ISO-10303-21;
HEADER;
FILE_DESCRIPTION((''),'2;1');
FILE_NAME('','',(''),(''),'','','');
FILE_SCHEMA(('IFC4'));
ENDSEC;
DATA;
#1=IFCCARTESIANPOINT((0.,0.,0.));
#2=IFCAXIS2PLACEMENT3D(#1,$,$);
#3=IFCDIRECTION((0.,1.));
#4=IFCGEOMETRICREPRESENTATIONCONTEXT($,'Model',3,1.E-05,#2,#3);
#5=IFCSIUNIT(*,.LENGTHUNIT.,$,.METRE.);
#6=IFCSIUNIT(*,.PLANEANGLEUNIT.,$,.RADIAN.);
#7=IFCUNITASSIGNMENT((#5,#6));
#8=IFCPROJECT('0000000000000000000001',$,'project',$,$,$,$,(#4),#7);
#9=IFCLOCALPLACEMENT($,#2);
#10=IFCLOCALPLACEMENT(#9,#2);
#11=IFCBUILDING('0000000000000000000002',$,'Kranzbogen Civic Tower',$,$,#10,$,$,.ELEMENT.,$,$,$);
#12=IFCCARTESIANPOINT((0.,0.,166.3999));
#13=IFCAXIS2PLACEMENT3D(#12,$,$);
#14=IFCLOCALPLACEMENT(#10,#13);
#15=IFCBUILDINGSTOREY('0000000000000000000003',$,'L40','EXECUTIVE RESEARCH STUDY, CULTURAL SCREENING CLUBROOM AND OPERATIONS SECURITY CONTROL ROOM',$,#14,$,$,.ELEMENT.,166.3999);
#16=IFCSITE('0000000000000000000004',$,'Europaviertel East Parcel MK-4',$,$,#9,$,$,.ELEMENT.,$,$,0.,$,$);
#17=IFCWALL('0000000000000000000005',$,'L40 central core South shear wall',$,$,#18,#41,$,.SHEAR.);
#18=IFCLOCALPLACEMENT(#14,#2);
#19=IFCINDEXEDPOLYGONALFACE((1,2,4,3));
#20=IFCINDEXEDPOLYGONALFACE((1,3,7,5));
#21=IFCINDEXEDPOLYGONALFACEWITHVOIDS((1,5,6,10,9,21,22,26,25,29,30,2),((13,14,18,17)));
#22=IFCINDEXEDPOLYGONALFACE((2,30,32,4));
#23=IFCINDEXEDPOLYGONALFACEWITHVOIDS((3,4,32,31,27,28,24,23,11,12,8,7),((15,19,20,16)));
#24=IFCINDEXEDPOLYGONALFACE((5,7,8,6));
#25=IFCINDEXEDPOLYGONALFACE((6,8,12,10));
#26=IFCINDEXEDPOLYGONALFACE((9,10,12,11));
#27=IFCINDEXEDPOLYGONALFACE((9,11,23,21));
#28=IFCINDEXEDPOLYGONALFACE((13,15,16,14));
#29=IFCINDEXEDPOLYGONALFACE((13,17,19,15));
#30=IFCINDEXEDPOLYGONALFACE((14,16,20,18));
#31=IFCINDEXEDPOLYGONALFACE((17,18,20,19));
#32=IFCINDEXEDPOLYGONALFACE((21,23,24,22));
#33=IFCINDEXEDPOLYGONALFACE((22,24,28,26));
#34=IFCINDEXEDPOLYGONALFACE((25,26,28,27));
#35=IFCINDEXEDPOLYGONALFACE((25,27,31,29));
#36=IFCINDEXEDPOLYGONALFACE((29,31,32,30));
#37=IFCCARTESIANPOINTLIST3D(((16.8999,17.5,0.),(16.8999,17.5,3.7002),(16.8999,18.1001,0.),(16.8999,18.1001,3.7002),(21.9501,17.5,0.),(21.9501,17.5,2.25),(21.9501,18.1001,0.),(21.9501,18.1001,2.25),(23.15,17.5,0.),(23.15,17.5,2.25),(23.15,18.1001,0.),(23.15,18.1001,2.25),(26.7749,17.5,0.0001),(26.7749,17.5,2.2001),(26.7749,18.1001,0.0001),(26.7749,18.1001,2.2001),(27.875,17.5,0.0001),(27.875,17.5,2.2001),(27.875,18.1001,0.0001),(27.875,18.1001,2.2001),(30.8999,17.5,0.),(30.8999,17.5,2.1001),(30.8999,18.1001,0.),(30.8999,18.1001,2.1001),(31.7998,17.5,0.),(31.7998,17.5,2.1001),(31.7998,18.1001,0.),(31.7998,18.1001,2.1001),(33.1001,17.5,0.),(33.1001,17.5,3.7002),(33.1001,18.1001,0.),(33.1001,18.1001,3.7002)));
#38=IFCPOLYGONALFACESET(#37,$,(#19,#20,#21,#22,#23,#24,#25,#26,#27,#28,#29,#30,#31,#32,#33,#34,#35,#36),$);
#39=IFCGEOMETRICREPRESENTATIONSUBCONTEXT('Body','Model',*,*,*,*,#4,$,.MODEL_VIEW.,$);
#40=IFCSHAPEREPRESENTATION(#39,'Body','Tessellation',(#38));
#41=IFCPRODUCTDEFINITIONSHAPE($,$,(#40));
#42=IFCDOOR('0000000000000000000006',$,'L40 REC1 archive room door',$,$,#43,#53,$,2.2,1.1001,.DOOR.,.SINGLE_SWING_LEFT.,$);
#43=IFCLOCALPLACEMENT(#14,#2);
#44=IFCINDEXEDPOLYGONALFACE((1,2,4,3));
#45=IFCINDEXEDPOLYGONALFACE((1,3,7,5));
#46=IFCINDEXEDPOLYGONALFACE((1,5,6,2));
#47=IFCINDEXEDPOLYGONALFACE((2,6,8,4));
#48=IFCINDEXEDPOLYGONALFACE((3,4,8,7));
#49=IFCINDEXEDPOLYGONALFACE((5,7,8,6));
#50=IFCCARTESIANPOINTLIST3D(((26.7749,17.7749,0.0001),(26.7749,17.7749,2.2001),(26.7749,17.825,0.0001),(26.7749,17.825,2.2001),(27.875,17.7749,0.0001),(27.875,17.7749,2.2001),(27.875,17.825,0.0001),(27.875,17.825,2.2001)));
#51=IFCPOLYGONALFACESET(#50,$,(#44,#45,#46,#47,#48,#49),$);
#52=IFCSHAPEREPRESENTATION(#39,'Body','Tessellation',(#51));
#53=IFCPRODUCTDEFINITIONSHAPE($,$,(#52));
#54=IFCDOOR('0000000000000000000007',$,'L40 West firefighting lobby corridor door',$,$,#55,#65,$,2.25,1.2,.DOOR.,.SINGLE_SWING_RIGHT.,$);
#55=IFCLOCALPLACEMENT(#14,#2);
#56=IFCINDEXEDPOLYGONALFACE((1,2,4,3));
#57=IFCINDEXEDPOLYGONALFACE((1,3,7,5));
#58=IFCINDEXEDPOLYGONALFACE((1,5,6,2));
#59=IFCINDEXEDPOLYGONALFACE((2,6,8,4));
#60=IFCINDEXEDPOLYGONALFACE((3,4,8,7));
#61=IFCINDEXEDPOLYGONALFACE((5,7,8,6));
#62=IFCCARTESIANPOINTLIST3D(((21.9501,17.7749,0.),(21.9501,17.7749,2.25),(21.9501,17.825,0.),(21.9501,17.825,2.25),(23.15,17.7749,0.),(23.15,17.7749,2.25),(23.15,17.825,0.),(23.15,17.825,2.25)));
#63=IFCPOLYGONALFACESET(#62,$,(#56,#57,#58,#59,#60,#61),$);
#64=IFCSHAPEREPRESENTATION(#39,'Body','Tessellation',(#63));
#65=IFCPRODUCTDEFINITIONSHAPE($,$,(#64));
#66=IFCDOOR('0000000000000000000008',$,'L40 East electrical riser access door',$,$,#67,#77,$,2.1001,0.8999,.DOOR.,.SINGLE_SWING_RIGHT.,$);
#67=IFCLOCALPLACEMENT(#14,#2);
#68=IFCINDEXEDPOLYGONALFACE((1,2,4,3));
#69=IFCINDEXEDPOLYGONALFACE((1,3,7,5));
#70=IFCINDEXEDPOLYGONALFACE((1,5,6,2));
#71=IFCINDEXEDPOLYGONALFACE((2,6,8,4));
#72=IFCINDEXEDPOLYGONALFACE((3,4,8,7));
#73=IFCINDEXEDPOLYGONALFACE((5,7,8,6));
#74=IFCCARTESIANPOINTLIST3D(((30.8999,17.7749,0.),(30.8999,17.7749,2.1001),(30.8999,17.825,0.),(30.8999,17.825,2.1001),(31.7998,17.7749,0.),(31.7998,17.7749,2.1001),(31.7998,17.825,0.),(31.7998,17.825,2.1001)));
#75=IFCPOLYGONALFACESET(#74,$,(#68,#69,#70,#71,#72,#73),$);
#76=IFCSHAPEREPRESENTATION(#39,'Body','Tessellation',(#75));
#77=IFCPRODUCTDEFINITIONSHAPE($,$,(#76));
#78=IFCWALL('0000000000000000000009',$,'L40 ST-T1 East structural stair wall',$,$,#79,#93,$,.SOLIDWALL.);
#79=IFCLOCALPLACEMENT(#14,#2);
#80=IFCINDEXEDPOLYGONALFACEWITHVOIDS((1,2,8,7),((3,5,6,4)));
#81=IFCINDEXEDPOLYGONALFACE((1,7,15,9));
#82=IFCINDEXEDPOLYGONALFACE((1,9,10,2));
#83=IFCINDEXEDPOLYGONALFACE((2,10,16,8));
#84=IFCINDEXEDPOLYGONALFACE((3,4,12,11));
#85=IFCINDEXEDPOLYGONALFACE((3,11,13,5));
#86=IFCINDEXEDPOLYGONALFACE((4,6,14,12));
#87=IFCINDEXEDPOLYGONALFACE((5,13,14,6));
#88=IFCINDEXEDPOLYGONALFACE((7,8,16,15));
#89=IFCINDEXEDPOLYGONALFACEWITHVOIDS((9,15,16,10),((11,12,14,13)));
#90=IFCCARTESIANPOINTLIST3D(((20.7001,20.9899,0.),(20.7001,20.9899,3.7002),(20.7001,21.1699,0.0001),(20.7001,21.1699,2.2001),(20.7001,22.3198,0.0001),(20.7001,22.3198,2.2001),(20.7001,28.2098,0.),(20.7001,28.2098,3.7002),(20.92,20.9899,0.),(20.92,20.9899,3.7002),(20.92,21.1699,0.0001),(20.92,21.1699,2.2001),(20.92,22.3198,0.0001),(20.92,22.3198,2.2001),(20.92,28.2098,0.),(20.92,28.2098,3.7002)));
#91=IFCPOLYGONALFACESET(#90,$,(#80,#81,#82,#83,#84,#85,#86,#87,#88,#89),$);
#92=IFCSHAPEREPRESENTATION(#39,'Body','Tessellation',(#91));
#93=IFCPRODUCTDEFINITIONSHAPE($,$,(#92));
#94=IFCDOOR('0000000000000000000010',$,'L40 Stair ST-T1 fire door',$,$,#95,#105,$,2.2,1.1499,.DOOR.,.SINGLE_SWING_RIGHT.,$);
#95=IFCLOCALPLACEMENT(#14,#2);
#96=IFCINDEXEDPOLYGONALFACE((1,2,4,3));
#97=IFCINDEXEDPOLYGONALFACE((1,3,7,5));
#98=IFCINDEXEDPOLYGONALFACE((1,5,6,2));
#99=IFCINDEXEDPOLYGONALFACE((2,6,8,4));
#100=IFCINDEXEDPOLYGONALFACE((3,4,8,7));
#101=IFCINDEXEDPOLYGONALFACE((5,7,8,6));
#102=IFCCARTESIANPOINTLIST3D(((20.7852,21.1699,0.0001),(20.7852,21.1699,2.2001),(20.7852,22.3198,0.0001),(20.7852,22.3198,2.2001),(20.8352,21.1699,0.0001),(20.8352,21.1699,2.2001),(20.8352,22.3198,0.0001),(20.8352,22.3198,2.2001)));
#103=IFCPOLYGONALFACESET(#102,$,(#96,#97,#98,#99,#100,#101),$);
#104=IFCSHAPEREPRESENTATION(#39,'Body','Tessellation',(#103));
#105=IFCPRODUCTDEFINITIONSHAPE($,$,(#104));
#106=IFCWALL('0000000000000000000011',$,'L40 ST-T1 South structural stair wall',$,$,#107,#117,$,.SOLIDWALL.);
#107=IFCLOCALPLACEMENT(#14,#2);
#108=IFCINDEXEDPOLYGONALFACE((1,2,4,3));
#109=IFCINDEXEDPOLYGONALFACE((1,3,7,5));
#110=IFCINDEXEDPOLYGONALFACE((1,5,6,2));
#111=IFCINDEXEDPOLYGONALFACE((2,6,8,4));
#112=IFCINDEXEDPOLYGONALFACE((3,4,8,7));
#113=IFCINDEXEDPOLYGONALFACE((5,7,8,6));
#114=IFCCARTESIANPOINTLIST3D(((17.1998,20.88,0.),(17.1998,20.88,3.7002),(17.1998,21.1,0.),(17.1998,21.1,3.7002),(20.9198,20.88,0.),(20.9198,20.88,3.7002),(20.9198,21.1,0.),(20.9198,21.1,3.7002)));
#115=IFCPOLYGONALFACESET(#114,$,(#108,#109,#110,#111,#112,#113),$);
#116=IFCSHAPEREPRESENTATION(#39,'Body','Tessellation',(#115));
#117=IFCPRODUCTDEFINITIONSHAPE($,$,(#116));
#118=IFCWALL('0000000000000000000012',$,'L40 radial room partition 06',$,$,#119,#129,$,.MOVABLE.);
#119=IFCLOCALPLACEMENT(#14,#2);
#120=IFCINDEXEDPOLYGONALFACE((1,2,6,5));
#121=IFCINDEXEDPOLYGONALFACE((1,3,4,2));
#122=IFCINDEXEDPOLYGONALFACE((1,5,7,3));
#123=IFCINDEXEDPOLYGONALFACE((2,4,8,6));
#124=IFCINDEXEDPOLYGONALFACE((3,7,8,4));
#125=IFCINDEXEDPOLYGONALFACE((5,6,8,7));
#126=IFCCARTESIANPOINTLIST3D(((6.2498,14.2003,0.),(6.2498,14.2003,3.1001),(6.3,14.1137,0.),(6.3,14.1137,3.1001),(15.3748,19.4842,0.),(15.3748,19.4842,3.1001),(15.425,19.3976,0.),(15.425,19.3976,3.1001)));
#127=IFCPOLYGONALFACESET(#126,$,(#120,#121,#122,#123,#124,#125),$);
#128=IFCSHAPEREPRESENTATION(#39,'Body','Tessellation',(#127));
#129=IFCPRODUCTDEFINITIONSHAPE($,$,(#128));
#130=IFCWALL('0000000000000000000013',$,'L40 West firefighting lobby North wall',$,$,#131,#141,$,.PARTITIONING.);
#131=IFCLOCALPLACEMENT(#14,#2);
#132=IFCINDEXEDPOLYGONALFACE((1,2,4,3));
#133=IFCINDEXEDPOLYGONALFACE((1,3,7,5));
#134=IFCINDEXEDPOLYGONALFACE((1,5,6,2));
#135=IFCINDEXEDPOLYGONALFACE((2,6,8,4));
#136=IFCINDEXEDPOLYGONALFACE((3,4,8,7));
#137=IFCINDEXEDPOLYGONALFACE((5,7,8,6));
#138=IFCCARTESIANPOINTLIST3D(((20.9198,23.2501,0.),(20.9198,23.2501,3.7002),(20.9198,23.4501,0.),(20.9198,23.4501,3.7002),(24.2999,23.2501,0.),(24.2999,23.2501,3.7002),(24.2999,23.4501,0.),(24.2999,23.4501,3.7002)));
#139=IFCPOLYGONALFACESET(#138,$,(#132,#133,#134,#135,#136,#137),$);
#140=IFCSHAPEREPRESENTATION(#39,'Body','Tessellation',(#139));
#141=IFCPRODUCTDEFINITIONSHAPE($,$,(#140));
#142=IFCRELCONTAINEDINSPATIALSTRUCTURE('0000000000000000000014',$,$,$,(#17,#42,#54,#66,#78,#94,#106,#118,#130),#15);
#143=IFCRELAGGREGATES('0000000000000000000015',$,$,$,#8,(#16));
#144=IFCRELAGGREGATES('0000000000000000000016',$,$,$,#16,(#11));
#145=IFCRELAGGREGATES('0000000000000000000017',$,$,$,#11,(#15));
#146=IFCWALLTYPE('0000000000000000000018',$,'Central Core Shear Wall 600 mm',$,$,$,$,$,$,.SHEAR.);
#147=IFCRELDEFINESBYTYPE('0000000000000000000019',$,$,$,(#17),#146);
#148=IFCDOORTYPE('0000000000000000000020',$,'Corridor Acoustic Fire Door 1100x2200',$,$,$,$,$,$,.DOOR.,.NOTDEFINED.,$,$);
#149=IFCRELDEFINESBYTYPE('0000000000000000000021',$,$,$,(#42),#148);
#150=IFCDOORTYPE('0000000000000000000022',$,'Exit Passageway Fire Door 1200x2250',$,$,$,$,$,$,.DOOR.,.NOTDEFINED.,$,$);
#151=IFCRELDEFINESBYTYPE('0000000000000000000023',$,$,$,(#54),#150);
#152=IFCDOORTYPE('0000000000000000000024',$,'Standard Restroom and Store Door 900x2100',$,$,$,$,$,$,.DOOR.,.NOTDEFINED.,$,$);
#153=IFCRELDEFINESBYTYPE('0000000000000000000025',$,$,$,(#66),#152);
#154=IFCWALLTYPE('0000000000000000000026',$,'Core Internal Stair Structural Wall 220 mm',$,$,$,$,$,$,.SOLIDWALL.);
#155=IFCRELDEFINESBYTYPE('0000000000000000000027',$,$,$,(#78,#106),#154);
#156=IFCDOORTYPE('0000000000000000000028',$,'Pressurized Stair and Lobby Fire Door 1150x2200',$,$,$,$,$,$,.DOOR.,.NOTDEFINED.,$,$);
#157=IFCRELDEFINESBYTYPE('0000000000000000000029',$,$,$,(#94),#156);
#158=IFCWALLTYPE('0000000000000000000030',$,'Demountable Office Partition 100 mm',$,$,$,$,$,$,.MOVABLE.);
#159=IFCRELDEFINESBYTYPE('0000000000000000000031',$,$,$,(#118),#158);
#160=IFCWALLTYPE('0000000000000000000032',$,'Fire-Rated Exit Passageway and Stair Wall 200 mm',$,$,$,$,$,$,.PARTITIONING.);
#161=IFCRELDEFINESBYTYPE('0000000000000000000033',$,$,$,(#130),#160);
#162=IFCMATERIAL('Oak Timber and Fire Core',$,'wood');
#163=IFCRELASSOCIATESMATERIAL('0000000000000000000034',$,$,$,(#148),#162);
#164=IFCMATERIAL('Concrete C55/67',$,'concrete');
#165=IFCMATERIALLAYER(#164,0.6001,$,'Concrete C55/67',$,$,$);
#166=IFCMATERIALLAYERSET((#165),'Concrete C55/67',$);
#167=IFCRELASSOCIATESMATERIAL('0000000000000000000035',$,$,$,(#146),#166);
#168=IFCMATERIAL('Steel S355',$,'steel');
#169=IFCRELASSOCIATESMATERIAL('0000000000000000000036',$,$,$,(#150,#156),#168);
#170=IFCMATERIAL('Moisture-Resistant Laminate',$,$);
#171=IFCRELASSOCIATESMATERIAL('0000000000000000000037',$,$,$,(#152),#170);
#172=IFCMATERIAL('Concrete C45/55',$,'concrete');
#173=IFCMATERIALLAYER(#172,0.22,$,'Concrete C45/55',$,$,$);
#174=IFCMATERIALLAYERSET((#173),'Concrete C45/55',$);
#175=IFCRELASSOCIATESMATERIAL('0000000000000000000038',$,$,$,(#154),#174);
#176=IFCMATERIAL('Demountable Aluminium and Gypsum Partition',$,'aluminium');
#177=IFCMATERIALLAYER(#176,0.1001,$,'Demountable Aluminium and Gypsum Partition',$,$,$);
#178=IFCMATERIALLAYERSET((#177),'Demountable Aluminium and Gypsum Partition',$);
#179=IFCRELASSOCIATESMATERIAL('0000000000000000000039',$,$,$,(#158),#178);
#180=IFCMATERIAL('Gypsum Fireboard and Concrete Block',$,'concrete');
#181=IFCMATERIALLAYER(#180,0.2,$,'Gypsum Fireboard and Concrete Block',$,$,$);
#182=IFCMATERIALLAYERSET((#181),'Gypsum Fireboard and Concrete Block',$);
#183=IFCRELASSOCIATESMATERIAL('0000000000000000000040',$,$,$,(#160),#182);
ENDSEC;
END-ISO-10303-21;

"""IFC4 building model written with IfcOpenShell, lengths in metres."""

from ifc_helpers import new_model, si_unit, direction, frame, frame_2d, origin, place, context, subcontext, project, spatial, rectangle, extrude, material, layer, layer_set, type_object, element, fill, save


model = new_model("IFC4")

# Units and contexts
model_context = context("Model", 3, precision=1e-05, world=origin(), true_north=direction((0.0, 1.0)))
body_context = subcontext(model_context, "Body", "Model", "MODEL_VIEW")
ifc_project = project(units=[si_unit("LENGTHUNIT", "METRE"), si_unit("PLANEANGLEUNIT", "RADIAN")], contexts=[model_context])

# Site, building, storey
site_placement = place(None, origin())
site = spatial("IfcSite", under=ifc_project, at=site_placement, Name="Europaviertel East Parcel MK-4", CompositionType="ELEMENT", RefElevation=0.0)
building_placement = place(site_placement, origin())
building = spatial("IfcBuilding", under=site, at=building_placement, Name="Kranzbogen Civic Tower", CompositionType="ELEMENT")
storey_placement = place(building_placement, frame((0.0, 0.0, 166.3999)))
storey = spatial("IfcBuildingStorey", under=building, at=storey_placement, Name="L40", Description="EXECUTIVE RESEARCH STUDY, CULTURAL SCREENING CLUBROOM AND OPERATIONS SECURITY CONTROL ROOM", CompositionType="ELEMENT", Elevation=166.3999)

# Shared definitions
ifc_material_1 = material(Name="Steel S355", Category="steel")

# Shared definitions
ifc_material_2 = material(Name="Oak Timber and Fire Core", Category="wood")
door_type_1 = type_object("IfcDoorType", Name="Corridor Acoustic Fire Door 1100x2200", OperationType="NOTDEFINED", PredefinedType="DOOR", material=ifc_material_2)

# Wall, openings, doors
ifc_material_3 = material(Name="Concrete C55/67", Category="concrete")
ifc_layer_1 = layer(ifc_material_3, 0.6001, Name="Concrete C55/67")
ifc_layer_set_1 = layer_set([ifc_layer_1], Name="Concrete C55/67")
wall_type_1 = type_object("IfcWallType", Name="Central Core Shear Wall 600 mm", PredefinedType="SHEAR", material=ifc_layer_set_1)
wall_1_placement = place(storey_placement, frame((16.8999, 17.8, 0.0), z_axis=(0.0, 0.0, 1.0), x_axis=(1.0, 0.0, 0.0)))
wall_1 = element("IfcWall", 1, at=wall_1_placement, inside=storey, type_object=wall_type_1, Name="L40 central core South shear wall", PredefinedType="SHEAR", context=body_context, shape_type="SweptSolid", body=[
    extrude(rectangle(XDim=16.2002, YDim=0.6001, at=frame_2d((8.1001, 0.0))), origin(), (0.0, 0.0, 1.0), 3.7002),
])
opening_1_placement = place(wall_1_placement, frame((5.05, 0.0, 0.0)))
opening_1 = element("IfcOpeningElement", 2, at=opening_1_placement, cuts=wall_1, PredefinedType="OPENING", context=body_context, shape_type="SweptSolid", body=[
    extrude(rectangle(XDim=1.2, YDim=2.25, at=frame_2d((0.6001, 1.125))), frame((0.0, 0.3101, 0.0), z_axis=(0.0, -1.0, 0.0), x_axis=(1.0, 0.0, 0.0)), (0.0, 0.0, 1.0), 0.6201),
])
opening_2_placement = place(wall_1_placement, frame((14.0, 0.0, 0.0)))
opening_2 = element("IfcOpeningElement", 3, at=opening_2_placement, cuts=wall_1, PredefinedType="OPENING", context=body_context, shape_type="SweptSolid", body=[
    extrude(rectangle(XDim=0.8999, YDim=2.1001, at=frame_2d((0.45, 1.05))), frame((0.0, 0.3101, 0.0), z_axis=(0.0, -1.0, 0.0), x_axis=(1.0, 0.0, 0.0)), (0.0, 0.0, 1.0), 0.6201),
])
opening_3_placement = place(wall_1_placement, frame((9.875, 0.0, 0.0)))
opening_3 = element("IfcOpeningElement", 4, at=opening_3_placement, cuts=wall_1, PredefinedType="OPENING", context=body_context, shape_type="SweptSolid", body=[
    extrude(rectangle(XDim=1.1001, YDim=2.2, at=frame_2d((0.55, 1.1001))), frame((0.0, 0.3101, 0.0), z_axis=(0.0, -1.0, 0.0), x_axis=(1.0, 0.0, 0.0)), (0.0, 0.0, 1.0), 0.6201),
])
door_1_placement = place(opening_3_placement, origin())
door_1 = element("IfcDoor", 5, at=door_1_placement, inside=storey, type_object=door_type_1, Name="L40 REC1 archive room door", OperationType="SINGLE_SWING_LEFT", OverallHeight=2.2, OverallWidth=1.1001, PredefinedType="DOOR", context=body_context, shape_type="SweptSolid", body=[
    extrude(rectangle(XDim=1.1001, YDim=2.2, at=frame_2d((0.55, 1.1001))), frame((0.0, 0.0249, 0.0), z_axis=(0.0, -1.0, 0.0), x_axis=(1.0, 0.0, 0.0)), (0.0, 0.0, 1.0), 0.05),
])
fill(opening_3, door_1)
door_type_2 = type_object("IfcDoorType", Name="Exit Passageway Fire Door 1200x2250", OperationType="NOTDEFINED", PredefinedType="DOOR", material=ifc_material_1)
door_2_placement = place(opening_1_placement, origin())
door_2 = element("IfcDoor", 6, at=door_2_placement, inside=storey, type_object=door_type_2, Name="L40 West firefighting lobby corridor door", OperationType="SINGLE_SWING_RIGHT", OverallHeight=2.25, OverallWidth=1.2, PredefinedType="DOOR", context=body_context, shape_type="SweptSolid", body=[
    extrude(rectangle(XDim=1.2, YDim=2.25, at=frame_2d((0.6001, 1.125))), frame((0.0, 0.0249, 0.0), z_axis=(0.0, -1.0, 0.0), x_axis=(1.0, 0.0, 0.0)), (0.0, 0.0, 1.0), 0.05),
])
fill(opening_1, door_2)
ifc_material_4 = material(Name="Moisture-Resistant Laminate")
door_type_3 = type_object("IfcDoorType", Name="Standard Restroom and Store Door 900x2100", OperationType="NOTDEFINED", PredefinedType="DOOR", material=ifc_material_4)
door_3_placement = place(opening_2_placement, origin())
door_3 = element("IfcDoor", 7, at=door_3_placement, inside=storey, type_object=door_type_3, Name="L40 East electrical riser access door", OperationType="SINGLE_SWING_RIGHT", OverallHeight=2.1001, OverallWidth=0.8999, PredefinedType="DOOR", context=body_context, shape_type="SweptSolid", body=[
    extrude(rectangle(XDim=0.8999, YDim=2.1001, at=frame_2d((0.45, 1.05))), frame((0.0, 0.0249, 0.0), z_axis=(0.0, -1.0, 0.0), x_axis=(1.0, 0.0, 0.0)), (0.0, 0.0, 1.0), 0.05),
])
fill(opening_2, door_3)

# Wall, opening, door
ifc_material_5 = material(Name="Concrete C45/55", Category="concrete")
ifc_layer_2 = layer(ifc_material_5, 0.22, Name="Concrete C45/55")
ifc_layer_set_2 = layer_set([ifc_layer_2], Name="Concrete C45/55")
wall_type_2 = type_object("IfcWallType", Name="Core Internal Stair Structural Wall 220 mm", PredefinedType="SOLIDWALL", material=ifc_layer_set_2)
wall_2_placement = place(storey_placement, frame((20.8101, 20.99, 0.0), z_axis=(0.0, 0.0, 1.0), x_axis=(0.0, 1.0, 0.0)))
wall_2 = element("IfcWall", 8, at=wall_2_placement, inside=storey, type_object=wall_type_2, Name="L40 ST-T1 East structural stair wall", PredefinedType="SOLIDWALL", context=body_context, shape_type="SweptSolid", body=[
    extrude(rectangle(XDim=7.22, YDim=0.22, at=frame_2d((3.6099, 0.0))), origin(), (0.0, 0.0, 1.0), 3.7002),
])
opening_4_placement = place(wall_2_placement, frame((0.1799, 0.0, 0.0)))
opening_4 = element("IfcOpeningElement", 9, at=opening_4_placement, cuts=wall_2, PredefinedType="OPENING", context=body_context, shape_type="SweptSolid", body=[
    extrude(rectangle(XDim=1.1499, YDim=2.2, at=frame_2d((0.575, 1.1001))), frame((0.0, 0.1201, 0.0), z_axis=(0.0, -1.0, 0.0), x_axis=(1.0, 0.0, 0.0)), (0.0, 0.0, 1.0), 0.24),
])
door_type_4 = type_object("IfcDoorType", Name="Pressurized Stair and Lobby Fire Door 1150x2200", OperationType="NOTDEFINED", PredefinedType="DOOR", material=ifc_material_1)
door_4_placement = place(opening_4_placement, origin())
door_4 = element("IfcDoor", 10, at=door_4_placement, inside=storey, type_object=door_type_4, Name="L40 Stair ST-T1 fire door", OperationType="SINGLE_SWING_RIGHT", OverallHeight=2.2, OverallWidth=1.1499, PredefinedType="DOOR", context=body_context, shape_type="SweptSolid", body=[
    extrude(rectangle(XDim=1.1499, YDim=2.2, at=frame_2d((0.575, 1.1001))), frame((0.0, 0.0249, 0.0), z_axis=(0.0, -1.0, 0.0), x_axis=(1.0, 0.0, 0.0)), (0.0, 0.0, 1.0), 0.05),
])
fill(opening_4, door_4)

# Walls
wall_3_placement = place(storey_placement, frame((17.2, 20.99, 0.0), z_axis=(0.0, 0.0, 1.0), x_axis=(1.0, 0.0, 0.0)))
element("IfcWall", 11, at=wall_3_placement, inside=storey, type_object=wall_type_2, Name="L40 ST-T1 South structural stair wall", PredefinedType="SOLIDWALL", context=body_context, shape_type="SweptSolid", body=[
    extrude(rectangle(XDim=3.72, YDim=0.22, at=frame_2d((1.8599, 0.0))), origin(), (0.0, 0.0, 1.0), 3.7002),
])
ifc_material_6 = material(Name="Demountable Aluminium and Gypsum Partition", Category="aluminium")
ifc_layer_3 = layer(ifc_material_6, 0.1001, Name="Demountable Aluminium and Gypsum Partition")
ifc_layer_set_3 = layer_set([ifc_layer_3], Name="Demountable Aluminium and Gypsum Partition")
wall_type_3 = type_object("IfcWallType", Name="Demountable Office Partition 100 mm", PredefinedType="MOVABLE", material=ifc_layer_set_3)
wall_4_placement = place(storey_placement, frame((15.3999, 19.4409, 0.0), z_axis=(0.0, 0.0, 1.0), x_axis=(-0.865383, -0.50111, 0.0)))
element("IfcWall", 12, at=wall_4_placement, inside=storey, type_object=wall_type_3, Name="L40 radial room partition 06", PredefinedType="MOVABLE", context=body_context, shape_type="SweptSolid", body=[
    extrude(rectangle(XDim=10.5444, YDim=0.1001, at=frame_2d((5.2722, 0.0))), origin(), (0.0, 0.0, 1.0), 3.1001),
])
ifc_material_7 = material(Name="Gypsum Fireboard and Concrete Block", Category="concrete")
ifc_layer_4 = layer(ifc_material_7, 0.2, Name="Gypsum Fireboard and Concrete Block")
ifc_layer_set_4 = layer_set([ifc_layer_4], Name="Gypsum Fireboard and Concrete Block")
wall_type_4 = type_object("IfcWallType", Name="Fire-Rated Exit Passageway and Stair Wall 200 mm", PredefinedType="PARTITIONING", material=ifc_layer_set_4)
wall_5_placement = place(storey_placement, frame((20.9199, 23.3501, 0.0), z_axis=(0.0, 0.0, 1.0), x_axis=(1.0, 0.0, 0.0)))
element("IfcWall", 13, at=wall_5_placement, inside=storey, type_object=wall_type_4, Name="L40 West firefighting lobby North wall", PredefinedType="PARTITIONING", context=body_context, shape_type="SweptSolid", body=[
    extrude(rectangle(XDim=3.3801, YDim=0.2, at=frame_2d((1.6899, 0.0))), origin(), (0.0, 0.0, 1.0), 3.7002),
])

save(model, "model.ifc")
